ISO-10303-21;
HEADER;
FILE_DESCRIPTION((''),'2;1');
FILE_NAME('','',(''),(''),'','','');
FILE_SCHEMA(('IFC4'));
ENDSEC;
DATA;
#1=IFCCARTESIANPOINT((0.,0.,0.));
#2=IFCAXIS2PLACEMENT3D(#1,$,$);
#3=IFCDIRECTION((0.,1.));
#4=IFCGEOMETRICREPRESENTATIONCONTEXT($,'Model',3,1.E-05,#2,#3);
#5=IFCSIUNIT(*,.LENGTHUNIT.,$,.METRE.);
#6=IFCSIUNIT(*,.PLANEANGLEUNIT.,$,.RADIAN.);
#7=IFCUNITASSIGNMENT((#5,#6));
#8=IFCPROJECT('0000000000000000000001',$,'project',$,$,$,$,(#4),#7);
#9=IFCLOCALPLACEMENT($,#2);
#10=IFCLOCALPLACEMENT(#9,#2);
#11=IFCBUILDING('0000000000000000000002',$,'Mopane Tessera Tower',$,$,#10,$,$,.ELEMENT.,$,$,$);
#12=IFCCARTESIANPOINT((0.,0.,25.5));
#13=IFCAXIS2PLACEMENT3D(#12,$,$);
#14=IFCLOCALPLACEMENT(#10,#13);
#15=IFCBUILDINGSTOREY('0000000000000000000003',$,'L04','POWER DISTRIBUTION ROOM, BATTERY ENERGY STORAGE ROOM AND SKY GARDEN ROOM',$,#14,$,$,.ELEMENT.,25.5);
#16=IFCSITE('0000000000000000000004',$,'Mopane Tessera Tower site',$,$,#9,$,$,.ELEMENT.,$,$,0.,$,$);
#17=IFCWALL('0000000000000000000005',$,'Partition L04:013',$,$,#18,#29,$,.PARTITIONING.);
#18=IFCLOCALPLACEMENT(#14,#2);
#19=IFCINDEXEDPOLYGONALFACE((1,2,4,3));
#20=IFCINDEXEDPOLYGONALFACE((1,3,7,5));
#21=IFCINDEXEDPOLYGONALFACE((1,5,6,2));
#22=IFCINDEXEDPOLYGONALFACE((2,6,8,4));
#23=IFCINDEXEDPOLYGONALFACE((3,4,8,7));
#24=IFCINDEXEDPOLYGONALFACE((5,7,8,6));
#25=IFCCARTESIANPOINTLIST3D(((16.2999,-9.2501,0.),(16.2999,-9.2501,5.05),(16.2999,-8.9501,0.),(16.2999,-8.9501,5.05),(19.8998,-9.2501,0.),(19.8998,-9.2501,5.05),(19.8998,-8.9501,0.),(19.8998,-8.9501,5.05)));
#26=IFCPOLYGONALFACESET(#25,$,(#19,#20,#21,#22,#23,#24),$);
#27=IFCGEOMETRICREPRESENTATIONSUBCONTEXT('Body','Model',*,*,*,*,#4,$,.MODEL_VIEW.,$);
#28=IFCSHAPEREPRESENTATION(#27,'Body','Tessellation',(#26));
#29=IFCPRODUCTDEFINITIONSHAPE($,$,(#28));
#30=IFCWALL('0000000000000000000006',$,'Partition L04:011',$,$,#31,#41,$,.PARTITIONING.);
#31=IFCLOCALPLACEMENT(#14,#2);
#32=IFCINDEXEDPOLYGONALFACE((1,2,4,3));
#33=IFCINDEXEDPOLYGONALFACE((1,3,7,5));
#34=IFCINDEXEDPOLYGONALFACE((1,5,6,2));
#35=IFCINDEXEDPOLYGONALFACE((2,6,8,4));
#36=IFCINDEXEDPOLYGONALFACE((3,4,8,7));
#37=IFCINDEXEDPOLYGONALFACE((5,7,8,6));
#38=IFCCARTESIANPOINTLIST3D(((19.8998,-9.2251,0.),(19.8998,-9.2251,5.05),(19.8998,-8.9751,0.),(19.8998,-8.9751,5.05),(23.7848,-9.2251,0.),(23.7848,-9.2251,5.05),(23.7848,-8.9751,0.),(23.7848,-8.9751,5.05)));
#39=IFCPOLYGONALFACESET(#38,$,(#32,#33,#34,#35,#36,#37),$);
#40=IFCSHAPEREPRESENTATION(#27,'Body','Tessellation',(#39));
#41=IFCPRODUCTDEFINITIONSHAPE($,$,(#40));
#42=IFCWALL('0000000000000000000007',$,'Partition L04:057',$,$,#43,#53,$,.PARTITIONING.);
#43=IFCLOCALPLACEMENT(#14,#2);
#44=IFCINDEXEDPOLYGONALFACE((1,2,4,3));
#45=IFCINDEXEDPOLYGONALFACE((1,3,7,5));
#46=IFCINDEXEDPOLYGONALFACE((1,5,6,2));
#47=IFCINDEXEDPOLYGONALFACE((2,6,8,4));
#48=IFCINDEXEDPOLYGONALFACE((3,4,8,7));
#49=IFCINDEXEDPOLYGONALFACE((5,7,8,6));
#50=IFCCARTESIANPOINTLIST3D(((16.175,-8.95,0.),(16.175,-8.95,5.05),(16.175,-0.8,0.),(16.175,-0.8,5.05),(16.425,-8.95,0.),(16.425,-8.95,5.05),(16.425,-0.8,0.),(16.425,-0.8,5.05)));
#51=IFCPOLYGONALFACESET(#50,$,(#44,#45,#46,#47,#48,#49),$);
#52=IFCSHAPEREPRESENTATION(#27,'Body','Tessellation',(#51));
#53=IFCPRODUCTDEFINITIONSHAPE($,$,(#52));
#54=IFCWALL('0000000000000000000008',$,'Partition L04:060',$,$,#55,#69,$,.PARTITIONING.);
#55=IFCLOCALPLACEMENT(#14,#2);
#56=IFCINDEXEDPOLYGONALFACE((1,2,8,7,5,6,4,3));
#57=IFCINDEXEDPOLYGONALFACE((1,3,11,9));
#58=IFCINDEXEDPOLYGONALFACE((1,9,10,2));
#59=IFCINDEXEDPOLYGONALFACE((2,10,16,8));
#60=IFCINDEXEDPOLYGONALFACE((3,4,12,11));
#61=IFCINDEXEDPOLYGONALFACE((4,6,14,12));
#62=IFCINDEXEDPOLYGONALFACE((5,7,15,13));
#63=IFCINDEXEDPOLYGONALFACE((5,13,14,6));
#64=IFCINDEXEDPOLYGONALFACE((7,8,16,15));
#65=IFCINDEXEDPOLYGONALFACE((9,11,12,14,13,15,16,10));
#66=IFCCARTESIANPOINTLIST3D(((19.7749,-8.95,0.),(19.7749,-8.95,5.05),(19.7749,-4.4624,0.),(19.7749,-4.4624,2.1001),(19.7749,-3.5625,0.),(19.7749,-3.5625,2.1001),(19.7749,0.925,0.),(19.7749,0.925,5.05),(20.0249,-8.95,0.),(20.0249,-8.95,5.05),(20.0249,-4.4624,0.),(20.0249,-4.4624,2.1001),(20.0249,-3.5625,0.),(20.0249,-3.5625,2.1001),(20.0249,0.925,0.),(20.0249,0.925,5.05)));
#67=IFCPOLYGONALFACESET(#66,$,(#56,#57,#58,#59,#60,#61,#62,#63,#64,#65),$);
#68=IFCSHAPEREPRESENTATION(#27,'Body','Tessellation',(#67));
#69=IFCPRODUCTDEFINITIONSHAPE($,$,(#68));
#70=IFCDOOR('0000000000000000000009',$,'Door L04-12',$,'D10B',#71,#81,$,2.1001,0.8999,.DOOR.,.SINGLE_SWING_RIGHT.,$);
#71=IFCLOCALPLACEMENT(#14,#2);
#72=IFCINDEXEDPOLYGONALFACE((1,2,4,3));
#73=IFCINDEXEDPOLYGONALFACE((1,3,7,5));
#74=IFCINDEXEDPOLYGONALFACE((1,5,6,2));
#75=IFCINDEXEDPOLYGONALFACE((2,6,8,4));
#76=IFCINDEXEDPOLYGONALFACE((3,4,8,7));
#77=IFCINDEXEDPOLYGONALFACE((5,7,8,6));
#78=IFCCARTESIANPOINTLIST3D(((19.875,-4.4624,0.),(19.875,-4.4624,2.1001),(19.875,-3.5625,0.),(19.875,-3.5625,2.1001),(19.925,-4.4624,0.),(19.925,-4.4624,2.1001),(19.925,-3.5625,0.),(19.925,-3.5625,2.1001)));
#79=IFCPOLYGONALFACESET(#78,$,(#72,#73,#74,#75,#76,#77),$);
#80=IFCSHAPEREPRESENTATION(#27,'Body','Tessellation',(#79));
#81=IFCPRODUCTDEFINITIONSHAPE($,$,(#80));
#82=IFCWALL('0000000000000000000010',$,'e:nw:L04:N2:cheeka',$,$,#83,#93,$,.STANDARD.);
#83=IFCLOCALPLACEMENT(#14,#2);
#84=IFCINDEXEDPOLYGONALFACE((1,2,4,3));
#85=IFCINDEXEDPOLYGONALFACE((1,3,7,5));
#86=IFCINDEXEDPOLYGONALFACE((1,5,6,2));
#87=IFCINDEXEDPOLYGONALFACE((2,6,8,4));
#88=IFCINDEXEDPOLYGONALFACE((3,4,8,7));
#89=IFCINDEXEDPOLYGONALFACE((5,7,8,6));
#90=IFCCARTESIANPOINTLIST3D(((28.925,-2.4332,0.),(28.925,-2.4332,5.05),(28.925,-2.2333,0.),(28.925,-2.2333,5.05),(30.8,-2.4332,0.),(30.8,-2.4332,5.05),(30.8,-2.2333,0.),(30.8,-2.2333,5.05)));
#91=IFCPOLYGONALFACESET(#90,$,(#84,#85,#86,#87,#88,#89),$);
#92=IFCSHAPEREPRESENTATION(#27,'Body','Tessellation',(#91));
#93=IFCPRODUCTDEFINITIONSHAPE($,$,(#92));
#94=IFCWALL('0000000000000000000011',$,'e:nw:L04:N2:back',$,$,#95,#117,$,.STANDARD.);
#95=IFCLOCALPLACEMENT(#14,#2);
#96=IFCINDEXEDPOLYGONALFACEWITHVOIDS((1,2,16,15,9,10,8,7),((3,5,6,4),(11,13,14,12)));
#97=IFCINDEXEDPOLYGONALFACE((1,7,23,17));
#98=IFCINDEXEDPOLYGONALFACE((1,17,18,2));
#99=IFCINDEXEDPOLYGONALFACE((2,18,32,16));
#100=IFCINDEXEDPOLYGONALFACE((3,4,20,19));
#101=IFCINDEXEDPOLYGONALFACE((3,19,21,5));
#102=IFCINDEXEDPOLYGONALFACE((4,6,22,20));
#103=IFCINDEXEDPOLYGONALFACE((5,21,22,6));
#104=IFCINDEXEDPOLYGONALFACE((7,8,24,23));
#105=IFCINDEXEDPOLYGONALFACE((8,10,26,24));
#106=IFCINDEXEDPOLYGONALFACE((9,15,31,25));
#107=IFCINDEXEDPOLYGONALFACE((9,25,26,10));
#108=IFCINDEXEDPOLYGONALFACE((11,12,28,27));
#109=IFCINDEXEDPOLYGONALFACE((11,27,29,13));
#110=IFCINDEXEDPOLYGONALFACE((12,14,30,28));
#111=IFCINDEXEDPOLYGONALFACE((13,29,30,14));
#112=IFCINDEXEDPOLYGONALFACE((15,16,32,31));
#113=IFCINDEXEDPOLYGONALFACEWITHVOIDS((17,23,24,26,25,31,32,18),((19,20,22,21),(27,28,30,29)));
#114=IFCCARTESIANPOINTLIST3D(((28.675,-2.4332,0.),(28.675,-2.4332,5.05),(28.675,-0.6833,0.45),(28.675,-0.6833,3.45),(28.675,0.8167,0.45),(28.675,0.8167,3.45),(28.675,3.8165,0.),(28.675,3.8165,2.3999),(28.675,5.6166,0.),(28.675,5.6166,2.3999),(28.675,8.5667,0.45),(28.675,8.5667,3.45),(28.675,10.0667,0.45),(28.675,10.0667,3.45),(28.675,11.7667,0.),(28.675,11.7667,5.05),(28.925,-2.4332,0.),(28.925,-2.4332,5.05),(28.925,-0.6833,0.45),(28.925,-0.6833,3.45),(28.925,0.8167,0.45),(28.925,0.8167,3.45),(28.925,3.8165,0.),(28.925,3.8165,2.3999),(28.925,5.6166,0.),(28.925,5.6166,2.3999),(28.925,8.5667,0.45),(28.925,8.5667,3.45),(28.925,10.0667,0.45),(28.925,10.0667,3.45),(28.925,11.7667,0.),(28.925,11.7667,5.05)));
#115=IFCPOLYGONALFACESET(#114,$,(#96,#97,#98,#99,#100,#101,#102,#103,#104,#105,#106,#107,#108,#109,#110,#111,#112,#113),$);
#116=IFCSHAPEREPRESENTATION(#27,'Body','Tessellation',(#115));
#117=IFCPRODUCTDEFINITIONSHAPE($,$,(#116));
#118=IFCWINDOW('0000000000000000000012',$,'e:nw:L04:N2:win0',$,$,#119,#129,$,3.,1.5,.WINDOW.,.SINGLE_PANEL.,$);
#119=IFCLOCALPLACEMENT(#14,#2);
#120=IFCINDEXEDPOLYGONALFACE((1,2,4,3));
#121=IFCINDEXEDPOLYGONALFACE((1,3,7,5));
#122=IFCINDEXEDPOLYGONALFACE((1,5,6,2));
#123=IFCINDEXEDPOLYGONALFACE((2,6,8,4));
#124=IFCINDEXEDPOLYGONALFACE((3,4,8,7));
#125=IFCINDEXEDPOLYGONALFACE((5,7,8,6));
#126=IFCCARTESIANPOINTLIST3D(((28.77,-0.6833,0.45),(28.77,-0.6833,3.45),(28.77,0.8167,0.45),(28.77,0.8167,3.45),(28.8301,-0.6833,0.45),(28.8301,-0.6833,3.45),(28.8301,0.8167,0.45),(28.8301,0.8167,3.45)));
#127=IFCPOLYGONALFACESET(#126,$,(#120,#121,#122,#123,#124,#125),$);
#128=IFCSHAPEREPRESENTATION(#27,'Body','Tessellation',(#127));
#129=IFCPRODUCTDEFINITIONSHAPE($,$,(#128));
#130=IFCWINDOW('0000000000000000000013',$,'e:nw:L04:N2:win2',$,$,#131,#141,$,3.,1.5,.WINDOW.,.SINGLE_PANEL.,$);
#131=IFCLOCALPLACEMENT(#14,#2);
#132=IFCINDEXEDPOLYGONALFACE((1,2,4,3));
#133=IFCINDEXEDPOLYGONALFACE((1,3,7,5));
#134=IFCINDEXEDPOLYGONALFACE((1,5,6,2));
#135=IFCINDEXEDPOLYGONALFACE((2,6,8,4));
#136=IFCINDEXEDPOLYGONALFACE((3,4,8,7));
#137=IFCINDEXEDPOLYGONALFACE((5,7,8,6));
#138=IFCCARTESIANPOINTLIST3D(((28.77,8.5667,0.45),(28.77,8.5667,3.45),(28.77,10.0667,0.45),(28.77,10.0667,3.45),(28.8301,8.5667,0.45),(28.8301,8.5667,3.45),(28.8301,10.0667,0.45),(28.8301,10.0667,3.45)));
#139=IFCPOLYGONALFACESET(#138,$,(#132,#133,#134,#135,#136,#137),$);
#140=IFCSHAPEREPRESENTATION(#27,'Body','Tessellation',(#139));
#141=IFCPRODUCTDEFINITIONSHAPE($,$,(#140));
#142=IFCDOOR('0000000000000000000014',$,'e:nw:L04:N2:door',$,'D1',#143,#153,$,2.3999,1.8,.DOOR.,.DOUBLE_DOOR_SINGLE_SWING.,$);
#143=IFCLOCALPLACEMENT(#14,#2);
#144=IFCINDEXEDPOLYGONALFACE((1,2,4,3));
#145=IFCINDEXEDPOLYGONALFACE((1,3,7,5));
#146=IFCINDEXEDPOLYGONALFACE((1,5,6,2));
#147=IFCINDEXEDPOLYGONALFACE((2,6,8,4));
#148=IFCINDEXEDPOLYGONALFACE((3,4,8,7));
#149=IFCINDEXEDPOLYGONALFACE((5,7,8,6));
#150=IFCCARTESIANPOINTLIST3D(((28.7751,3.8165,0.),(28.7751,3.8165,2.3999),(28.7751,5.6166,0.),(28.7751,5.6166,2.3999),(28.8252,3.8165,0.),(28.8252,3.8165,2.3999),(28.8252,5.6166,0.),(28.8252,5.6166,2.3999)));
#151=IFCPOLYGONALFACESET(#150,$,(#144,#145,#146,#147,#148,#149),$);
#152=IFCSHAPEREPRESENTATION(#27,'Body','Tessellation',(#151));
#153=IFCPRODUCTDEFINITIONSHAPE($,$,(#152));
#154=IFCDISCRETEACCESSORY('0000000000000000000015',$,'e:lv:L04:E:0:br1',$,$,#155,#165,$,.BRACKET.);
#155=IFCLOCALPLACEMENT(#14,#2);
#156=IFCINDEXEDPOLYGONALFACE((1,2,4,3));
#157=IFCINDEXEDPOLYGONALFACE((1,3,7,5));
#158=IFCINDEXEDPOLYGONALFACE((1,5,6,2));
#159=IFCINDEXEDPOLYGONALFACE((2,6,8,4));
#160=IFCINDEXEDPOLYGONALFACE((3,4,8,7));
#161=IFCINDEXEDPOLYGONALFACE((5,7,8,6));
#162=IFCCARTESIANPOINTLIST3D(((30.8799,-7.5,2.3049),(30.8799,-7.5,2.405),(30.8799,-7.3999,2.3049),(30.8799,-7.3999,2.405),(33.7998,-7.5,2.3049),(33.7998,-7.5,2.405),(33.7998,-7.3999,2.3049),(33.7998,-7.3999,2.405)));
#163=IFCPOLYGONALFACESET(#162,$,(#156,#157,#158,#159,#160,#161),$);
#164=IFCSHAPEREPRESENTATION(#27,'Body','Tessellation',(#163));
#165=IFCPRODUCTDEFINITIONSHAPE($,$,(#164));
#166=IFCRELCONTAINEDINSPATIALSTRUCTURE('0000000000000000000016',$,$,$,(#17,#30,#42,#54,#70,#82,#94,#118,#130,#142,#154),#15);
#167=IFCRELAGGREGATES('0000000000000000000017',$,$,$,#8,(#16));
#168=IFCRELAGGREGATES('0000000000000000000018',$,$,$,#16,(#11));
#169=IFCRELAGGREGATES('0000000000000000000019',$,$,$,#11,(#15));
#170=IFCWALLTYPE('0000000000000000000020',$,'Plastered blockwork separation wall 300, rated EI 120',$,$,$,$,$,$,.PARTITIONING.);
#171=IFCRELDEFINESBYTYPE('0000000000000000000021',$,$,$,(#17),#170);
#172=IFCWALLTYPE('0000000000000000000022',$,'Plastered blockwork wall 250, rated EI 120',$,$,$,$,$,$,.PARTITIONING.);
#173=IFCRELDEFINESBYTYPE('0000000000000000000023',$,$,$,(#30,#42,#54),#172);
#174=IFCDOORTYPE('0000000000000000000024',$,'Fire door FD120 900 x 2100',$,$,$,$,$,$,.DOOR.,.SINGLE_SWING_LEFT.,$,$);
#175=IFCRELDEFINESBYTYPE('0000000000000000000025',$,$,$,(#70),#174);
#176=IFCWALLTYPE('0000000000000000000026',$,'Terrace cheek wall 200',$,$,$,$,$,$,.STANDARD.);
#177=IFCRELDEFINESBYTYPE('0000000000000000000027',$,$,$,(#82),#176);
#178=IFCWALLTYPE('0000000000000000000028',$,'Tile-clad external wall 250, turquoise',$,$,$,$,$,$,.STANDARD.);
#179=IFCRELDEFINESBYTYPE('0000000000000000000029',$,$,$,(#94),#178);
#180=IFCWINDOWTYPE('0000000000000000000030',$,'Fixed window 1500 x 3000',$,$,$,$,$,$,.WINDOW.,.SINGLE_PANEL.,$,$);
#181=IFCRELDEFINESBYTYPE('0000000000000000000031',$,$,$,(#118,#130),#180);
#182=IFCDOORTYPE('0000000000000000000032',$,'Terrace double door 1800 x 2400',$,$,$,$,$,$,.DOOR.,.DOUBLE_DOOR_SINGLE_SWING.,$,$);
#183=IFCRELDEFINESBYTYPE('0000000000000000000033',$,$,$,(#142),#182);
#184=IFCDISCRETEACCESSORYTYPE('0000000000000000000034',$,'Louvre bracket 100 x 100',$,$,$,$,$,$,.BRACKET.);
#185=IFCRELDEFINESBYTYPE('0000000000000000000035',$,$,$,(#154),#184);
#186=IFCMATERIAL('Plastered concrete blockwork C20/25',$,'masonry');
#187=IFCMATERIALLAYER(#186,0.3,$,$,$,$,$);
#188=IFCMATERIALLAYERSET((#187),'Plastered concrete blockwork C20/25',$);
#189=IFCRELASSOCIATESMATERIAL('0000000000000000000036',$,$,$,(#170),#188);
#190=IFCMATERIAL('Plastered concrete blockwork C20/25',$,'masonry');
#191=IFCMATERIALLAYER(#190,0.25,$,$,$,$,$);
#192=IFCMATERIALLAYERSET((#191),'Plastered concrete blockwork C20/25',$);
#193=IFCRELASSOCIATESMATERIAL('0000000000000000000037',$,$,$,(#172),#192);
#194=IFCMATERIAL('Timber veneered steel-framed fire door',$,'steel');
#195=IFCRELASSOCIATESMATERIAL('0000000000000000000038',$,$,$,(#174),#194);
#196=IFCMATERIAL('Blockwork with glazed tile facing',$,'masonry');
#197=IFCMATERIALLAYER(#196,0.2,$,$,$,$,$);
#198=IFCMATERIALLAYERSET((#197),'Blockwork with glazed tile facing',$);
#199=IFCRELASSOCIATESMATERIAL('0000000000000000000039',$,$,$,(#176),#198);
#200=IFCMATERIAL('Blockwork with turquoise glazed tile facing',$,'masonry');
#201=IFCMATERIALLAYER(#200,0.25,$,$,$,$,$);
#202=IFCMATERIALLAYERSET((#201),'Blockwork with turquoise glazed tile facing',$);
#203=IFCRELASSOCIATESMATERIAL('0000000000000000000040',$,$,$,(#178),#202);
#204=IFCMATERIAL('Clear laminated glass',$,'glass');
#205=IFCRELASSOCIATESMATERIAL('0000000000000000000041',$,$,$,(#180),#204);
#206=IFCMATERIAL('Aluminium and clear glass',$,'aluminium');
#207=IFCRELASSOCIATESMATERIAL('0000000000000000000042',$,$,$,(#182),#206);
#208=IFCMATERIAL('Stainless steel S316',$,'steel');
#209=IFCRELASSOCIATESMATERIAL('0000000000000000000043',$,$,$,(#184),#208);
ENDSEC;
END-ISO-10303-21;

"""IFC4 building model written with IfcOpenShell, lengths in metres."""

from ifc_helpers import new_model, si_unit, direction, frame, frame_2d, origin, origin_2d, place, context, subcontext, project, spatial, rectangle, extrude, material, layer, layer_set, type_object, element, fill, save


model = new_model("IFC4")

# Units and contexts
model_context = context("Model", 3, precision=1e-05, world=origin(), true_north=direction((0.0, 1.0)))
body_context = subcontext(model_context, "Body", "Model", "MODEL_VIEW")
ifc_project = project(units=[si_unit("LENGTHUNIT", "METRE"), si_unit("PLANEANGLEUNIT", "RADIAN")], contexts=[model_context])

# Site, building, storey
site_placement = place(None, origin())
site = spatial("IfcSite", under=ifc_project, at=site_placement, Name="Mopane Tessera Tower site", CompositionType="ELEMENT", RefElevation=0.0)
building_placement = place(site_placement, origin())
building = spatial("IfcBuilding", under=site, at=building_placement, Name="Mopane Tessera Tower", CompositionType="ELEMENT")
storey_placement = place(building_placement, frame((0.0, 0.0, 25.5)))
storey = spatial("IfcBuildingStorey", under=building, at=storey_placement, Name="L04", Description="POWER DISTRIBUTION ROOM, BATTERY ENERGY STORAGE ROOM AND SKY GARDEN ROOM", CompositionType="ELEMENT", Elevation=25.5)

# Walls
ifc_material_1 = material(Name="Plastered concrete blockwork C20/25", Category="masonry")
ifc_layer_1 = layer(ifc_material_1, 0.3)
ifc_layer_set_1 = layer_set([ifc_layer_1], Name="Plastered concrete blockwork C20/25")
wall_type_1 = type_object("IfcWallType", Name="Plastered blockwork separation wall 300, rated EI 120", PredefinedType="PARTITIONING", material=ifc_layer_set_1)
wall_1_placement = place(storey_placement, frame((16.3, -9.1001, 0.0), z_axis=(0.0, 0.0, 1.0), x_axis=(1.0, 0.0, 0.0)))
element("IfcWall", 1, at=wall_1_placement, inside=storey, type_object=wall_type_1, Name="Partition L04:013", PredefinedType="PARTITIONING", context=body_context, shape_type="SweptSolid", body=[
    extrude(rectangle(XDim=3.5999, YDim=0.3, at=frame_2d((1.7998, 0.0))), origin(), (0.0, 0.0, 1.0), 5.05),
])
ifc_material_2 = material(Name="Plastered concrete blockwork C20/25", Category="masonry")
ifc_layer_2 = layer(ifc_material_2, 0.25)
ifc_layer_set_2 = layer_set([ifc_layer_2], Name="Plastered concrete blockwork C20/25")
wall_type_2 = type_object("IfcWallType", Name="Plastered blockwork wall 250, rated EI 120", PredefinedType="PARTITIONING", material=ifc_layer_set_2)
wall_2_placement = place(storey_placement, frame((19.8999, -9.1001, 0.0), z_axis=(0.0, 0.0, 1.0), x_axis=(1.0, 0.0, 0.0)))
element("IfcWall", 2, at=wall_2_placement, inside=storey, type_object=wall_type_2, Name="Partition L04:011", PredefinedType="PARTITIONING", context=body_context, shape_type="SweptSolid", body=[
    extrude(rectangle(XDim=3.885, YDim=0.25, at=frame_2d((1.9424, 0.0))), origin(), (0.0, 0.0, 1.0), 5.05),
])
wall_3_placement = place(storey_placement, frame((16.3, -8.95, 0.0), z_axis=(0.0, 0.0, 1.0), x_axis=(0.0, 1.0, 0.0)))
element("IfcWall", 3, at=wall_3_placement, inside=storey, type_object=wall_type_2, Name="Partition L04:057", PredefinedType="PARTITIONING", context=body_context, shape_type="SweptSolid", body=[
    extrude(rectangle(XDim=8.1499, YDim=0.25, at=frame_2d((4.075, 0.0))), origin(), (0.0, 0.0, 1.0), 5.05),
])

# Wall, opening, door
wall_4_placement = place(storey_placement, frame((19.8999, -8.95, 0.0), z_axis=(0.0, 0.0, 1.0), x_axis=(0.0, 1.0, 0.0)))
wall_4 = element("IfcWall", 4, at=wall_4_placement, inside=storey, type_object=wall_type_2, Name="Partition L04:060", PredefinedType="PARTITIONING", context=body_context, shape_type="SweptSolid", body=[
    extrude(rectangle(XDim=9.875, YDim=0.25, at=frame_2d((4.9375, 0.0))), origin(), (0.0, 0.0, 1.0), 5.05),
])
opening_1_placement = place(wall_4_placement, frame((4.4875, 0.0, 0.0)))
opening_1 = element("IfcOpeningElement", 5, at=opening_1_placement, cuts=wall_4, PredefinedType="OPENING", context=body_context, shape_type="SweptSolid", body=[
    extrude(rectangle(XDim=0.8999, YDim=2.1001, at=frame_2d((0.45, 1.05))), frame((0.0, 0.137, 0.0), z_axis=(0.0, -1.0, 0.0), x_axis=(1.0, 0.0, 0.0)), (0.0, 0.0, 1.0), 0.2739),
])
ifc_material_3 = material(Name="Timber veneered steel-framed fire door", Category="steel")
door_type_1 = type_object("IfcDoorType", Name="Fire door FD120 900 x 2100", OperationType="SINGLE_SWING_LEFT", PredefinedType="DOOR", material=ifc_material_3)
door_1_placement = place(opening_1_placement, origin())
door_1 = element("IfcDoor", 6, at=door_1_placement, inside=storey, type_object=door_type_1, Name="Door L04-12", ObjectType="D10B", OperationType="SINGLE_SWING_RIGHT", OverallHeight=2.1001, OverallWidth=0.8999, PredefinedType="DOOR", context=body_context, shape_type="SweptSolid", body=[
    extrude(rectangle(XDim=0.8999, YDim=2.1001, at=frame_2d((0.45, 1.05))), frame((0.0, 0.0249, 0.0), z_axis=(0.0, -1.0, 0.0), x_axis=(1.0, 0.0, 0.0)), (0.0, 0.0, 1.0), 0.05),
])
fill(opening_1, door_1)

# Wall
ifc_material_4 = material(Name="Blockwork with glazed tile facing", Category="masonry")
ifc_layer_3 = layer(ifc_material_4, 0.2)
ifc_layer_set_3 = layer_set([ifc_layer_3], Name="Blockwork with glazed tile facing")
wall_type_3 = type_object("IfcWallType", Name="Terrace cheek wall 200", PredefinedType="STANDARD", material=ifc_layer_set_3)
wall_5_placement = place(storey_placement, frame((30.8, -2.3333, 0.0), z_axis=(0.0, 0.0, 1.0), x_axis=(-1.0, 0.0, 0.0)))
element("IfcWall", 7, at=wall_5_placement, inside=storey, type_object=wall_type_3, Name="e:nw:L04:N2:cheeka", PredefinedType="STANDARD", context=body_context, shape_type="SweptSolid", body=[
    extrude(rectangle(XDim=1.875, YDim=0.2, at=frame_2d((0.9375, 0.0))), origin(), (0.0, 0.0, 1.0), 5.05),
])

# Wall, openings, windows, door
ifc_material_5 = material(Name="Blockwork with turquoise glazed tile facing", Category="masonry")
ifc_layer_4 = layer(ifc_material_5, 0.25)
ifc_layer_set_4 = layer_set([ifc_layer_4], Name="Blockwork with turquoise glazed tile facing")
wall_type_4 = type_object("IfcWallType", Name="Tile-clad external wall 250, turquoise", PredefinedType="STANDARD", material=ifc_layer_set_4)
wall_6_placement = place(storey_placement, frame((28.8, -2.4333, 0.0), z_axis=(0.0, 0.0, 1.0), x_axis=(0.0, 1.0, 0.0)))
wall_6 = element("IfcWall", 8, at=wall_6_placement, inside=storey, type_object=wall_type_4, Name="e:nw:L04:N2:back", PredefinedType="STANDARD", context=body_context, shape_type="SweptSolid", body=[
    extrude(rectangle(XDim=14.2, YDim=0.25, at=frame_2d((7.1001, 0.0))), origin(), (0.0, 0.0, 1.0), 5.05),
])
opening_2_placement = place(wall_6_placement, frame((1.75, 0.0, 0.45)))
opening_2 = element("IfcOpeningElement", 9, at=opening_2_placement, cuts=wall_6, PredefinedType="OPENING", context=body_context, shape_type="SweptSolid", body=[
    extrude(rectangle(XDim=1.5, YDim=3.0, at=frame_2d((0.75, 1.5))), frame((0.0, 0.137, 0.0), z_axis=(0.0, -1.0, 0.0), x_axis=(1.0, 0.0, 0.0)), (0.0, 0.0, 1.0), 0.2739),
])
opening_3_placement = place(wall_6_placement, frame((6.25, 0.0, 0.0)))
opening_3 = element("IfcOpeningElement", 10, at=opening_3_placement, cuts=wall_6, PredefinedType="OPENING", context=body_context, shape_type="SweptSolid", body=[
    extrude(rectangle(XDim=1.8, YDim=2.3999, at=frame_2d((0.8999, 1.2))), frame((0.0, 0.137, 0.0), z_axis=(0.0, -1.0, 0.0), x_axis=(1.0, 0.0, 0.0)), (0.0, 0.0, 1.0), 0.2739),
])
opening_4_placement = place(wall_6_placement, frame((11.0, 0.0, 0.45)))
opening_4 = element("IfcOpeningElement", 11, at=opening_4_placement, cuts=wall_6, PredefinedType="OPENING", context=body_context, shape_type="SweptSolid", body=[
    extrude(rectangle(XDim=1.5, YDim=3.0, at=frame_2d((0.75, 1.5))), frame((0.0, 0.137, 0.0), z_axis=(0.0, -1.0, 0.0), x_axis=(1.0, 0.0, 0.0)), (0.0, 0.0, 1.0), 0.2739),
])
ifc_material_6 = material(Name="Clear laminated glass", Category="glass")
window_type = type_object("IfcWindowType", Name="Fixed window 1500 x 3000", PartitioningType="SINGLE_PANEL", PredefinedType="WINDOW", material=ifc_material_6)
window_1_placement = place(opening_2_placement, origin())
window_1 = element("IfcWindow", 12, at=window_1_placement, inside=storey, type_object=window_type, Name="e:nw:L04:N2:win0", OverallHeight=3.0, OverallWidth=1.5, PartitioningType="SINGLE_PANEL", PredefinedType="WINDOW", context=body_context, shape_type="SweptSolid", body=[
    extrude(rectangle(XDim=1.5, YDim=3.0, at=frame_2d((0.75, 1.5))), frame((0.0, 0.03, 0.0), z_axis=(0.0, -1.0, 0.0), x_axis=(1.0, 0.0, 0.0)), (0.0, 0.0, 1.0), 0.0601),
])
fill(opening_2, window_1)
window_2_placement = place(opening_4_placement, origin())
window_2 = element("IfcWindow", 13, at=window_2_placement, inside=storey, type_object=window_type, Name="e:nw:L04:N2:win2", OverallHeight=3.0, OverallWidth=1.5, PartitioningType="SINGLE_PANEL", PredefinedType="WINDOW", context=body_context, shape_type="SweptSolid", body=[
    extrude(rectangle(XDim=1.5, YDim=3.0, at=frame_2d((0.75, 1.5))), frame((0.0, 0.03, 0.0), z_axis=(0.0, -1.0, 0.0), x_axis=(1.0, 0.0, 0.0)), (0.0, 0.0, 1.0), 0.0601),
])
fill(opening_4, window_2)
ifc_material_7 = material(Name="Aluminium and clear glass", Category="aluminium")
door_type_2 = type_object("IfcDoorType", Name="Terrace double door 1800 x 2400", OperationType="DOUBLE_DOOR_SINGLE_SWING", PredefinedType="DOOR", material=ifc_material_7)
door_2_placement = place(opening_3_placement, origin())
door_2 = element("IfcDoor", 14, at=door_2_placement, inside=storey, type_object=door_type_2, Name="e:nw:L04:N2:door", ObjectType="D1", OperationType="DOUBLE_DOOR_SINGLE_SWING", OverallHeight=2.3999, OverallWidth=1.8, PredefinedType="DOOR", context=body_context, shape_type="SweptSolid", body=[
    extrude(rectangle(XDim=1.8, YDim=2.3999, at=frame_2d((0.8999, 1.2))), frame((0.0, 0.0249, 0.0), z_axis=(0.0, -1.0, 0.0), x_axis=(1.0, 0.0, 0.0)), (0.0, 0.0, 1.0), 0.05),
])
fill(opening_3, door_2)

# Discrete accessory
ifc_material_8 = material(Name="Stainless steel S316", Category="steel")
discrete_accessory_type = type_object("IfcDiscreteAccessoryType", Name="Louvre bracket 100 x 100", PredefinedType="BRACKET", material=ifc_material_8)
discrete_accessory_placement = place(storey_placement, frame((32.3398, -7.45, 2.3049), z_axis=(0.0, 0.0, 1.0), x_axis=(1.0, 0.0, 0.0)))
element("IfcDiscreteAccessory", 15, at=discrete_accessory_placement, inside=storey, type_object=discrete_accessory_type, Name="e:lv:L04:E:0:br1", PredefinedType="BRACKET", context=body_context, shape_type="SweptSolid", body=[
    extrude(rectangle(XDim=2.9199, YDim=0.1001, at=origin_2d()), origin(), (0.0, 0.0, 1.0), 0.1001),
])

save(model, "model.ifc")
